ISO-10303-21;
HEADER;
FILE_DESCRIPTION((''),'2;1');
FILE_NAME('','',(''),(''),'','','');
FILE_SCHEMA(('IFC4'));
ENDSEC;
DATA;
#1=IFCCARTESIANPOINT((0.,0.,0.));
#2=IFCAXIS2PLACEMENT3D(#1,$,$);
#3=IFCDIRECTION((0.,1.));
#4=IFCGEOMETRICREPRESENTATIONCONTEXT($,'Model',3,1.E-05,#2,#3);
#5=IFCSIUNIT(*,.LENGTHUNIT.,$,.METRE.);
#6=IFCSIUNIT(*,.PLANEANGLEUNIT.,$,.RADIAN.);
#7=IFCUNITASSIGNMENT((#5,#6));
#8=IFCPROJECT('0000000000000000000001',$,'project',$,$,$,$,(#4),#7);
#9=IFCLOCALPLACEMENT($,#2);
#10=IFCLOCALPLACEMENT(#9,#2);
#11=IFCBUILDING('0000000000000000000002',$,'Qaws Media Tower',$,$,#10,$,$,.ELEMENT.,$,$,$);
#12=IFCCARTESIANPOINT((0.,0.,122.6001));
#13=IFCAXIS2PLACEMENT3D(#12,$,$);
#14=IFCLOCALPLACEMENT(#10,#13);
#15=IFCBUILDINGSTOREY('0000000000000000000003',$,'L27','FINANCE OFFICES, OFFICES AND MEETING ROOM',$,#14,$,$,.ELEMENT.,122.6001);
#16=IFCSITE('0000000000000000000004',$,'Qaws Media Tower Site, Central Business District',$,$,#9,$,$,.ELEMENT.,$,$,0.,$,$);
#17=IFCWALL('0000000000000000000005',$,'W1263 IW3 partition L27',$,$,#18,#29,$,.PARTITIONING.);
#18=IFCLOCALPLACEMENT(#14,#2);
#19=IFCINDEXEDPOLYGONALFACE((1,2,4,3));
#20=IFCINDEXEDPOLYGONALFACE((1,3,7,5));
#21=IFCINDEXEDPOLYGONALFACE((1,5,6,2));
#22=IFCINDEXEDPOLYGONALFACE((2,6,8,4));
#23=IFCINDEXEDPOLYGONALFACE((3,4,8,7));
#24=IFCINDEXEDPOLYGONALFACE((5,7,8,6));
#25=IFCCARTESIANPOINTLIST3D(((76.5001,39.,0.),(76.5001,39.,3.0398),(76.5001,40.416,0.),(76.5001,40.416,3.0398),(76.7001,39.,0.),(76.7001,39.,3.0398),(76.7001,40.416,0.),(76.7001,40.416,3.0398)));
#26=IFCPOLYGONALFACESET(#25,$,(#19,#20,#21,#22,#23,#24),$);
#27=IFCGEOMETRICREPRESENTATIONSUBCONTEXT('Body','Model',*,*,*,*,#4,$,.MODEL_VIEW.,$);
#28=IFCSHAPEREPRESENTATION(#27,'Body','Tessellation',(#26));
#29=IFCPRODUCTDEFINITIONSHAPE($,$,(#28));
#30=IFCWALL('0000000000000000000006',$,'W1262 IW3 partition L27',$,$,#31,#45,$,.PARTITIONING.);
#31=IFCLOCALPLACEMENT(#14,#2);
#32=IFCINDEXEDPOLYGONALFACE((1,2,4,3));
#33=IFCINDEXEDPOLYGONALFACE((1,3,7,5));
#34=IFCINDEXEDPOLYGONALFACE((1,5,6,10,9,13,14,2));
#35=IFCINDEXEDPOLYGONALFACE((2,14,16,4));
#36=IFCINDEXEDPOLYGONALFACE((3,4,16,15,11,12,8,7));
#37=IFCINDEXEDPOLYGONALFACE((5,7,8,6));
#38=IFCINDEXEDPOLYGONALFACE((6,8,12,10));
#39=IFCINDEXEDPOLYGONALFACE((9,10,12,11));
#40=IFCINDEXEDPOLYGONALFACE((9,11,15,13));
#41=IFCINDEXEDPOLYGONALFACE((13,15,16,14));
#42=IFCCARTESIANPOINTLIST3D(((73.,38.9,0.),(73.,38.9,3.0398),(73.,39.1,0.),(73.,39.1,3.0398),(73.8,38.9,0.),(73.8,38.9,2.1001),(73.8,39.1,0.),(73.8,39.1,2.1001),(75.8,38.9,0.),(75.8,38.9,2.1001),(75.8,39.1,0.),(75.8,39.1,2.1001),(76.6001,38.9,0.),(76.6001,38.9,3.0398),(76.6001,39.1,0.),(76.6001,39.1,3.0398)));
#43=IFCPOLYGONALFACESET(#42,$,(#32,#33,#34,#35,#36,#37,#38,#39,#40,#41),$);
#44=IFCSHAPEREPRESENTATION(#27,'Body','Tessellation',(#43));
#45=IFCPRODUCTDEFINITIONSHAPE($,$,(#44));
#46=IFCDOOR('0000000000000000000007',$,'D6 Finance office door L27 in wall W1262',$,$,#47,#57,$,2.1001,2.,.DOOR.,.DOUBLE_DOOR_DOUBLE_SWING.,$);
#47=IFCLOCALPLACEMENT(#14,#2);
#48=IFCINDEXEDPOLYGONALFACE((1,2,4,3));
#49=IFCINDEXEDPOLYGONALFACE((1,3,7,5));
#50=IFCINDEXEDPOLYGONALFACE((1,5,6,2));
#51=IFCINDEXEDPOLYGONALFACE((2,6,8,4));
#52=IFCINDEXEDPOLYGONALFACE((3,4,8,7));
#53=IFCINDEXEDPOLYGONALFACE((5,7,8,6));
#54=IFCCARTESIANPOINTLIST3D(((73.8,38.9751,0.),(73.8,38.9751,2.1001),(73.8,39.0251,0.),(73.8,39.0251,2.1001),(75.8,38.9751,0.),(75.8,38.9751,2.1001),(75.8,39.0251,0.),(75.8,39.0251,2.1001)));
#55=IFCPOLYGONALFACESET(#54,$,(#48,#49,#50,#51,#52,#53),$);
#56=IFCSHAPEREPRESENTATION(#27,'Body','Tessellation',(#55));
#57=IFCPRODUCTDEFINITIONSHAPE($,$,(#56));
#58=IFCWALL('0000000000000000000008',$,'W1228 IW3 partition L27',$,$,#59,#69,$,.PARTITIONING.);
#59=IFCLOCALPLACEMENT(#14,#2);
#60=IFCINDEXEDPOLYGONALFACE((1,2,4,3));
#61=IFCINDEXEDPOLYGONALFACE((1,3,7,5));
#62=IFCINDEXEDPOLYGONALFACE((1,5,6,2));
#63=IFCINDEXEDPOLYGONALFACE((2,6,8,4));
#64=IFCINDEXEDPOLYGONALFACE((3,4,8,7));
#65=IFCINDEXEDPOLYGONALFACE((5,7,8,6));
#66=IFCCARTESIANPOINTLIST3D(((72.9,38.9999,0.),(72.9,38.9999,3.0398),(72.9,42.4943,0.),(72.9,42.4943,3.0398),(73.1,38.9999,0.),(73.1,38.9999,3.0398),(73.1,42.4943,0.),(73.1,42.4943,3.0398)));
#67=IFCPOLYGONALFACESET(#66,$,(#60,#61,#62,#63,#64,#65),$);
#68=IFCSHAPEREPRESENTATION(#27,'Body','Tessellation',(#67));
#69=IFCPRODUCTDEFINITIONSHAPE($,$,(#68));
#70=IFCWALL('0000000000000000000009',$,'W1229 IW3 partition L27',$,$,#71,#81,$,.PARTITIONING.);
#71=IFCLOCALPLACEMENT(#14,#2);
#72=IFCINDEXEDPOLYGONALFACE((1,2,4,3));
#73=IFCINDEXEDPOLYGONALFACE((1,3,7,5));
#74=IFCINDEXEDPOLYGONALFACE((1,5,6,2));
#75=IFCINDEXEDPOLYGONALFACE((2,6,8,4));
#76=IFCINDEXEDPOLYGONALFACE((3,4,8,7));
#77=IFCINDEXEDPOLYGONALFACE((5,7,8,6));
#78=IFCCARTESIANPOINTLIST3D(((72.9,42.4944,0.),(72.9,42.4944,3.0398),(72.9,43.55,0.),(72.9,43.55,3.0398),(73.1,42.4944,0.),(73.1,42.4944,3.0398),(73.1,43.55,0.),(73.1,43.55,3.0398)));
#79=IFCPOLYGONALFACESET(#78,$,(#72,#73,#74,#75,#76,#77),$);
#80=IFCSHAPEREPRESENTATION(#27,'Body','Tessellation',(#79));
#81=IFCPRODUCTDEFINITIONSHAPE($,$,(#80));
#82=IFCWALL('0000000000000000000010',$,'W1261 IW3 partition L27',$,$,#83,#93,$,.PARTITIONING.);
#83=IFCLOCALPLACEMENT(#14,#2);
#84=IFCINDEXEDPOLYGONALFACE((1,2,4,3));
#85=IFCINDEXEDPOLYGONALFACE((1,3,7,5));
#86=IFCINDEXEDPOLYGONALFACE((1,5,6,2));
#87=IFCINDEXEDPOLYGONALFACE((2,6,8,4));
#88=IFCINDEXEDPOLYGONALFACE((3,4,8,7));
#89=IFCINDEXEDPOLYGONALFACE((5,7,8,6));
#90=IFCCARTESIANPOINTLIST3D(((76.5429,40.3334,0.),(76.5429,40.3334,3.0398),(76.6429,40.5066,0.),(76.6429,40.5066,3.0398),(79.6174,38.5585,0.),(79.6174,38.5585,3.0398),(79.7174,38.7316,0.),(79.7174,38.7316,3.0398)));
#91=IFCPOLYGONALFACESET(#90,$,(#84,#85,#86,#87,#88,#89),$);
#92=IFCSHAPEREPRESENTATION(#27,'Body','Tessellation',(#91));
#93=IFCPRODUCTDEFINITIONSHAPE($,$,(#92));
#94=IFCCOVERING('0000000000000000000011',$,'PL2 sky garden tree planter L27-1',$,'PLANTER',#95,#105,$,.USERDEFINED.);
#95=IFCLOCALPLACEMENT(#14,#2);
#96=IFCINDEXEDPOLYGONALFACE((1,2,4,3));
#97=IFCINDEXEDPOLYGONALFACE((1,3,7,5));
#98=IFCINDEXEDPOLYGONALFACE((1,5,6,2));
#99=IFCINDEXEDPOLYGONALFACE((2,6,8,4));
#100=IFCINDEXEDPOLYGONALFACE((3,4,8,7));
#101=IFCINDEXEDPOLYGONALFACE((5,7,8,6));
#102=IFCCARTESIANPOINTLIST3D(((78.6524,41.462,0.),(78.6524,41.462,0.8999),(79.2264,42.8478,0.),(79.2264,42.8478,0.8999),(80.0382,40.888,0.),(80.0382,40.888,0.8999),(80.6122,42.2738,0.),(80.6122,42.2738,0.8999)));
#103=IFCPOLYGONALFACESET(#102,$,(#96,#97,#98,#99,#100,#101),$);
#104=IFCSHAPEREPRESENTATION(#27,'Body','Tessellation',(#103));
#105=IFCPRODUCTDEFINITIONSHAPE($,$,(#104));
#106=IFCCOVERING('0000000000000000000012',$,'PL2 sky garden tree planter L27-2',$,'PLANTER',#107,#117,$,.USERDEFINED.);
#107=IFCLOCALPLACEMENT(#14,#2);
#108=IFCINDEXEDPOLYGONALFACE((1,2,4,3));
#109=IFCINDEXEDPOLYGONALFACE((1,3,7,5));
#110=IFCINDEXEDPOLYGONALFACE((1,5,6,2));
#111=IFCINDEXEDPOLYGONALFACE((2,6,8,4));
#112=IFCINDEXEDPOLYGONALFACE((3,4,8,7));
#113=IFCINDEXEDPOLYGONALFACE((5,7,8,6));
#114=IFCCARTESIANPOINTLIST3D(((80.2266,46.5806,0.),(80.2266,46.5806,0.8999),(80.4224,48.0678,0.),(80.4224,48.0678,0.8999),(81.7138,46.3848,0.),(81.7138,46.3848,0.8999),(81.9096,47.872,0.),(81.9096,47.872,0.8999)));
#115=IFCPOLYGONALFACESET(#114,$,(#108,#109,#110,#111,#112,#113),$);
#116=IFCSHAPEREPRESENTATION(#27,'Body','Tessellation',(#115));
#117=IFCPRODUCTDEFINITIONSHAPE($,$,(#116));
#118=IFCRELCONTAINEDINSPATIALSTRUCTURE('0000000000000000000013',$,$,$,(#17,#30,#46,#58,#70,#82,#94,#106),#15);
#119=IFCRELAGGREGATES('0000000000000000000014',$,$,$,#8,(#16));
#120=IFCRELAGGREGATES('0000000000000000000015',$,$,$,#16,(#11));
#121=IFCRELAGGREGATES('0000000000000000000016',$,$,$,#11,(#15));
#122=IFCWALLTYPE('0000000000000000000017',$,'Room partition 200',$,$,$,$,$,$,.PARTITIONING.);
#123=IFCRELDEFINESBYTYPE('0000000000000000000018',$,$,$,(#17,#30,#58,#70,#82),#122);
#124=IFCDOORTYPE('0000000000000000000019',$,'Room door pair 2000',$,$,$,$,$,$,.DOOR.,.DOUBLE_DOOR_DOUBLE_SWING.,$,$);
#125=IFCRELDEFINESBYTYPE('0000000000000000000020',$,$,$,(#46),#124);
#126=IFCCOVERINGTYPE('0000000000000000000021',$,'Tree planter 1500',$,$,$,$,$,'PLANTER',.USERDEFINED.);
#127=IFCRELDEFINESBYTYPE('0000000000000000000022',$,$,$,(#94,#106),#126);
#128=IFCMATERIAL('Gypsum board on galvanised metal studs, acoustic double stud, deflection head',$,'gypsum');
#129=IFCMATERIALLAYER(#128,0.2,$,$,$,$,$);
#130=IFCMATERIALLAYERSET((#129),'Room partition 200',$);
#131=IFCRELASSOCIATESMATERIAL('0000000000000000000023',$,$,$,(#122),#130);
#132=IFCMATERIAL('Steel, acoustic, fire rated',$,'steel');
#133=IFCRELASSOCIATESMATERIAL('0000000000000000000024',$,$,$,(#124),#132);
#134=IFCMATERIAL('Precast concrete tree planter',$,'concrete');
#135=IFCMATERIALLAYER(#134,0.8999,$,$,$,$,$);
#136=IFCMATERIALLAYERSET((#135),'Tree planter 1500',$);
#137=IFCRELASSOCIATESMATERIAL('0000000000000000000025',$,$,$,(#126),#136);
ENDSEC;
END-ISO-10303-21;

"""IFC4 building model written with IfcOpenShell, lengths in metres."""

from ifc_helpers import new_model, si_unit, direction, frame, frame_2d, origin, origin_2d, place, context, subcontext, project, spatial, rectangle, extrude, material, layer, layer_set, type_object, element, fill, save


model = new_model("IFC4")

# Units and contexts
model_context = context("Model", 3, precision=1e-05, world=origin(), true_north=direction((0.0, 1.0)))
body_context = subcontext(model_context, "Body", "Model", "MODEL_VIEW")
ifc_project = project(units=[si_unit("LENGTHUNIT", "METRE"), si_unit("PLANEANGLEUNIT", "RADIAN")], contexts=[model_context])

# Site, building, storey
site_placement = place(None, origin())
site = spatial("IfcSite", under=ifc_project, at=site_placement, Name="Qaws Media Tower Site, Central Business District", CompositionType="ELEMENT", RefElevation=0.0)
building_placement = place(site_placement, origin())
building = spatial("IfcBuilding", under=site, at=building_placement, Name="Qaws Media Tower", CompositionType="ELEMENT")
storey_placement = place(building_placement, frame((0.0, 0.0, 122.6001)))
storey = spatial("IfcBuildingStorey", under=building, at=storey_placement, Name="L27", Description="FINANCE OFFICES, OFFICES AND MEETING ROOM", CompositionType="ELEMENT", Elevation=122.6001)

# Wall
ifc_material_1 = material(Name="Gypsum board on galvanised metal studs, acoustic double stud, deflection head", Category="gypsum")
ifc_layer_1 = layer(ifc_material_1, 0.2)
ifc_layer_set_1 = layer_set([ifc_layer_1], Name="Room partition 200")
wall_type_1 = type_object("IfcWallType", Name="Room partition 200", PredefinedType="PARTITIONING", material=ifc_layer_set_1)
wall_1_placement = place(storey_placement, frame((76.6001, 40.416, 0.0), z_axis=(0.0, 0.0, 1.0), x_axis=(0.0, -1.0, 0.0)))
element("IfcWall", 1, at=wall_1_placement, inside=storey, type_object=wall_type_1, Name="W1263 IW3 partition L27", PredefinedType="PARTITIONING", context=body_context, shape_type="SweptSolid", body=[
    extrude(rectangle(XDim=1.416, YDim=0.2, at=frame_2d((0.708, 0.0))), origin(), (0.0, 0.0, 1.0), 3.0398),
])

# Wall, opening, door
wall_2_placement = place(storey_placement, frame((76.6001, 39.0, 0.0), z_axis=(0.0, 0.0, 1.0), x_axis=(-1.0, 0.0, 0.0)))
wall_2 = element("IfcWall", 2, at=wall_2_placement, inside=storey, type_object=wall_type_1, Name="W1262 IW3 partition L27", PredefinedType="PARTITIONING", context=body_context, shape_type="SweptSolid", body=[
    extrude(rectangle(XDim=3.6001, YDim=0.2, at=frame_2d((1.8, 0.0))), origin(), (0.0, 0.0, 1.0), 3.0398),
])
opening_placement = place(wall_2_placement, frame((0.8, 0.0, 0.0)))
opening = element("IfcOpeningElement", 3, at=opening_placement, cuts=wall_2, PredefinedType="OPENING", context=body_context, shape_type="SweptSolid", body=[
    extrude(rectangle(XDim=2.0, YDim=2.1001, at=frame_2d((1.0, 1.05))), frame((0.0, 0.1099, 0.0), z_axis=(0.0, -1.0, 0.0), x_axis=(1.0, 0.0, 0.0)), (0.0, 0.0, 1.0), 0.22),
])
ifc_material_2 = material(Name="Steel, acoustic, fire rated", Category="steel")
door_type = type_object("IfcDoorType", Name="Room door pair 2000", OperationType="DOUBLE_DOOR_DOUBLE_SWING", PredefinedType="DOOR", material=ifc_material_2)
door_placement = place(opening_placement, origin())
door = element("IfcDoor", 4, at=door_placement, inside=storey, type_object=door_type, Name="D6 Finance office door L27 in wall W1262", OperationType="DOUBLE_DOOR_DOUBLE_SWING", OverallHeight=2.1001, OverallWidth=2.0, PredefinedType="DOOR", context=body_context, shape_type="SweptSolid", body=[
    extrude(rectangle(XDim=2.0, YDim=2.1001, at=frame_2d((1.0, 1.05))), frame((0.0, 0.0249, 0.0), z_axis=(0.0, -1.0, 0.0), x_axis=(1.0, 0.0, 0.0)), (0.0, 0.0, 1.0), 0.05),
])
fill(opening, door)

# Walls
wall_3_placement = place(storey_placement, frame((73.0, 39.0, 0.0), z_axis=(0.0, 0.0, 1.0), x_axis=(0.0, 1.0, 0.0)))
element("IfcWall", 5, at=wall_3_placement, inside=storey, type_object=wall_type_1, Name="W1228 IW3 partition L27", PredefinedType="PARTITIONING", context=body_context, shape_type="SweptSolid", body=[
    extrude(rectangle(XDim=3.4944, YDim=0.2, at=frame_2d((1.7471, 0.0))), origin(), (0.0, 0.0, 1.0), 3.0398),
])
wall_4_placement = place(storey_placement, frame((73.0, 42.4944, 0.0), z_axis=(0.0, 0.0, 1.0), x_axis=(0.0, 1.0, 0.0)))
element("IfcWall", 6, at=wall_4_placement, inside=storey, type_object=wall_type_1, Name="W1229 IW3 partition L27", PredefinedType="PARTITIONING", context=body_context, shape_type="SweptSolid", body=[
    extrude(rectangle(XDim=1.0557, YDim=0.2, at=frame_2d((0.5278, 0.0))), origin(), (0.0, 0.0, 1.0), 3.0398),
])
wall_5_placement = place(storey_placement, frame((76.593, 40.4199, 0.0), z_axis=(0.0, 0.0, 1.0), x_axis=(0.866042, -0.49997, 0.0)))
element("IfcWall", 7, at=wall_5_placement, inside=storey, type_object=wall_type_1, Name="W1261 IW3 partition L27", PredefinedType="PARTITIONING", context=body_context, shape_type="SweptSolid", body=[
    extrude(rectangle(XDim=3.55, YDim=0.2, at=frame_2d((1.7749, 0.0))), origin(), (0.0, 0.0, 1.0), 3.0398),
])

# Coverings
ifc_material_3 = material(Name="Precast concrete tree planter", Category="concrete")
ifc_layer_2 = layer(ifc_material_3, 0.8999)
ifc_layer_set_2 = layer_set([ifc_layer_2], Name="Tree planter 1500")
covering_type = type_object("IfcCoveringType", Name="Tree planter 1500", ElementType="PLANTER", PredefinedType="USERDEFINED", material=ifc_layer_set_2)
for number, where, z_axis, x_axis, name in (
    (8, (79.6323, 41.8679, 0.0), (0.0, 0.0, 1.0), (0.92388, -0.382683, 0.0), "PL2 sky garden tree planter L27-1"),
    (9, (81.0681, 47.2263, 0.0), (0.0, 0.0, 1.0), (0.991445, -0.130526, 0.0), "PL2 sky garden tree planter L27-2"),
):
    element("IfcCovering", number, at=place(storey_placement, frame(where, z_axis=z_axis, x_axis=x_axis)), inside=storey, type_object=covering_type, Name=name, ObjectType="PLANTER", PredefinedType="USERDEFINED", context=body_context, shape_type="SweptSolid", body=[
        extrude(rectangle(XDim=1.5, YDim=1.5, at=origin_2d()), origin(), (0.0, 0.0, 1.0), 0.8999),
    ])

save(model, "model.ifc")
